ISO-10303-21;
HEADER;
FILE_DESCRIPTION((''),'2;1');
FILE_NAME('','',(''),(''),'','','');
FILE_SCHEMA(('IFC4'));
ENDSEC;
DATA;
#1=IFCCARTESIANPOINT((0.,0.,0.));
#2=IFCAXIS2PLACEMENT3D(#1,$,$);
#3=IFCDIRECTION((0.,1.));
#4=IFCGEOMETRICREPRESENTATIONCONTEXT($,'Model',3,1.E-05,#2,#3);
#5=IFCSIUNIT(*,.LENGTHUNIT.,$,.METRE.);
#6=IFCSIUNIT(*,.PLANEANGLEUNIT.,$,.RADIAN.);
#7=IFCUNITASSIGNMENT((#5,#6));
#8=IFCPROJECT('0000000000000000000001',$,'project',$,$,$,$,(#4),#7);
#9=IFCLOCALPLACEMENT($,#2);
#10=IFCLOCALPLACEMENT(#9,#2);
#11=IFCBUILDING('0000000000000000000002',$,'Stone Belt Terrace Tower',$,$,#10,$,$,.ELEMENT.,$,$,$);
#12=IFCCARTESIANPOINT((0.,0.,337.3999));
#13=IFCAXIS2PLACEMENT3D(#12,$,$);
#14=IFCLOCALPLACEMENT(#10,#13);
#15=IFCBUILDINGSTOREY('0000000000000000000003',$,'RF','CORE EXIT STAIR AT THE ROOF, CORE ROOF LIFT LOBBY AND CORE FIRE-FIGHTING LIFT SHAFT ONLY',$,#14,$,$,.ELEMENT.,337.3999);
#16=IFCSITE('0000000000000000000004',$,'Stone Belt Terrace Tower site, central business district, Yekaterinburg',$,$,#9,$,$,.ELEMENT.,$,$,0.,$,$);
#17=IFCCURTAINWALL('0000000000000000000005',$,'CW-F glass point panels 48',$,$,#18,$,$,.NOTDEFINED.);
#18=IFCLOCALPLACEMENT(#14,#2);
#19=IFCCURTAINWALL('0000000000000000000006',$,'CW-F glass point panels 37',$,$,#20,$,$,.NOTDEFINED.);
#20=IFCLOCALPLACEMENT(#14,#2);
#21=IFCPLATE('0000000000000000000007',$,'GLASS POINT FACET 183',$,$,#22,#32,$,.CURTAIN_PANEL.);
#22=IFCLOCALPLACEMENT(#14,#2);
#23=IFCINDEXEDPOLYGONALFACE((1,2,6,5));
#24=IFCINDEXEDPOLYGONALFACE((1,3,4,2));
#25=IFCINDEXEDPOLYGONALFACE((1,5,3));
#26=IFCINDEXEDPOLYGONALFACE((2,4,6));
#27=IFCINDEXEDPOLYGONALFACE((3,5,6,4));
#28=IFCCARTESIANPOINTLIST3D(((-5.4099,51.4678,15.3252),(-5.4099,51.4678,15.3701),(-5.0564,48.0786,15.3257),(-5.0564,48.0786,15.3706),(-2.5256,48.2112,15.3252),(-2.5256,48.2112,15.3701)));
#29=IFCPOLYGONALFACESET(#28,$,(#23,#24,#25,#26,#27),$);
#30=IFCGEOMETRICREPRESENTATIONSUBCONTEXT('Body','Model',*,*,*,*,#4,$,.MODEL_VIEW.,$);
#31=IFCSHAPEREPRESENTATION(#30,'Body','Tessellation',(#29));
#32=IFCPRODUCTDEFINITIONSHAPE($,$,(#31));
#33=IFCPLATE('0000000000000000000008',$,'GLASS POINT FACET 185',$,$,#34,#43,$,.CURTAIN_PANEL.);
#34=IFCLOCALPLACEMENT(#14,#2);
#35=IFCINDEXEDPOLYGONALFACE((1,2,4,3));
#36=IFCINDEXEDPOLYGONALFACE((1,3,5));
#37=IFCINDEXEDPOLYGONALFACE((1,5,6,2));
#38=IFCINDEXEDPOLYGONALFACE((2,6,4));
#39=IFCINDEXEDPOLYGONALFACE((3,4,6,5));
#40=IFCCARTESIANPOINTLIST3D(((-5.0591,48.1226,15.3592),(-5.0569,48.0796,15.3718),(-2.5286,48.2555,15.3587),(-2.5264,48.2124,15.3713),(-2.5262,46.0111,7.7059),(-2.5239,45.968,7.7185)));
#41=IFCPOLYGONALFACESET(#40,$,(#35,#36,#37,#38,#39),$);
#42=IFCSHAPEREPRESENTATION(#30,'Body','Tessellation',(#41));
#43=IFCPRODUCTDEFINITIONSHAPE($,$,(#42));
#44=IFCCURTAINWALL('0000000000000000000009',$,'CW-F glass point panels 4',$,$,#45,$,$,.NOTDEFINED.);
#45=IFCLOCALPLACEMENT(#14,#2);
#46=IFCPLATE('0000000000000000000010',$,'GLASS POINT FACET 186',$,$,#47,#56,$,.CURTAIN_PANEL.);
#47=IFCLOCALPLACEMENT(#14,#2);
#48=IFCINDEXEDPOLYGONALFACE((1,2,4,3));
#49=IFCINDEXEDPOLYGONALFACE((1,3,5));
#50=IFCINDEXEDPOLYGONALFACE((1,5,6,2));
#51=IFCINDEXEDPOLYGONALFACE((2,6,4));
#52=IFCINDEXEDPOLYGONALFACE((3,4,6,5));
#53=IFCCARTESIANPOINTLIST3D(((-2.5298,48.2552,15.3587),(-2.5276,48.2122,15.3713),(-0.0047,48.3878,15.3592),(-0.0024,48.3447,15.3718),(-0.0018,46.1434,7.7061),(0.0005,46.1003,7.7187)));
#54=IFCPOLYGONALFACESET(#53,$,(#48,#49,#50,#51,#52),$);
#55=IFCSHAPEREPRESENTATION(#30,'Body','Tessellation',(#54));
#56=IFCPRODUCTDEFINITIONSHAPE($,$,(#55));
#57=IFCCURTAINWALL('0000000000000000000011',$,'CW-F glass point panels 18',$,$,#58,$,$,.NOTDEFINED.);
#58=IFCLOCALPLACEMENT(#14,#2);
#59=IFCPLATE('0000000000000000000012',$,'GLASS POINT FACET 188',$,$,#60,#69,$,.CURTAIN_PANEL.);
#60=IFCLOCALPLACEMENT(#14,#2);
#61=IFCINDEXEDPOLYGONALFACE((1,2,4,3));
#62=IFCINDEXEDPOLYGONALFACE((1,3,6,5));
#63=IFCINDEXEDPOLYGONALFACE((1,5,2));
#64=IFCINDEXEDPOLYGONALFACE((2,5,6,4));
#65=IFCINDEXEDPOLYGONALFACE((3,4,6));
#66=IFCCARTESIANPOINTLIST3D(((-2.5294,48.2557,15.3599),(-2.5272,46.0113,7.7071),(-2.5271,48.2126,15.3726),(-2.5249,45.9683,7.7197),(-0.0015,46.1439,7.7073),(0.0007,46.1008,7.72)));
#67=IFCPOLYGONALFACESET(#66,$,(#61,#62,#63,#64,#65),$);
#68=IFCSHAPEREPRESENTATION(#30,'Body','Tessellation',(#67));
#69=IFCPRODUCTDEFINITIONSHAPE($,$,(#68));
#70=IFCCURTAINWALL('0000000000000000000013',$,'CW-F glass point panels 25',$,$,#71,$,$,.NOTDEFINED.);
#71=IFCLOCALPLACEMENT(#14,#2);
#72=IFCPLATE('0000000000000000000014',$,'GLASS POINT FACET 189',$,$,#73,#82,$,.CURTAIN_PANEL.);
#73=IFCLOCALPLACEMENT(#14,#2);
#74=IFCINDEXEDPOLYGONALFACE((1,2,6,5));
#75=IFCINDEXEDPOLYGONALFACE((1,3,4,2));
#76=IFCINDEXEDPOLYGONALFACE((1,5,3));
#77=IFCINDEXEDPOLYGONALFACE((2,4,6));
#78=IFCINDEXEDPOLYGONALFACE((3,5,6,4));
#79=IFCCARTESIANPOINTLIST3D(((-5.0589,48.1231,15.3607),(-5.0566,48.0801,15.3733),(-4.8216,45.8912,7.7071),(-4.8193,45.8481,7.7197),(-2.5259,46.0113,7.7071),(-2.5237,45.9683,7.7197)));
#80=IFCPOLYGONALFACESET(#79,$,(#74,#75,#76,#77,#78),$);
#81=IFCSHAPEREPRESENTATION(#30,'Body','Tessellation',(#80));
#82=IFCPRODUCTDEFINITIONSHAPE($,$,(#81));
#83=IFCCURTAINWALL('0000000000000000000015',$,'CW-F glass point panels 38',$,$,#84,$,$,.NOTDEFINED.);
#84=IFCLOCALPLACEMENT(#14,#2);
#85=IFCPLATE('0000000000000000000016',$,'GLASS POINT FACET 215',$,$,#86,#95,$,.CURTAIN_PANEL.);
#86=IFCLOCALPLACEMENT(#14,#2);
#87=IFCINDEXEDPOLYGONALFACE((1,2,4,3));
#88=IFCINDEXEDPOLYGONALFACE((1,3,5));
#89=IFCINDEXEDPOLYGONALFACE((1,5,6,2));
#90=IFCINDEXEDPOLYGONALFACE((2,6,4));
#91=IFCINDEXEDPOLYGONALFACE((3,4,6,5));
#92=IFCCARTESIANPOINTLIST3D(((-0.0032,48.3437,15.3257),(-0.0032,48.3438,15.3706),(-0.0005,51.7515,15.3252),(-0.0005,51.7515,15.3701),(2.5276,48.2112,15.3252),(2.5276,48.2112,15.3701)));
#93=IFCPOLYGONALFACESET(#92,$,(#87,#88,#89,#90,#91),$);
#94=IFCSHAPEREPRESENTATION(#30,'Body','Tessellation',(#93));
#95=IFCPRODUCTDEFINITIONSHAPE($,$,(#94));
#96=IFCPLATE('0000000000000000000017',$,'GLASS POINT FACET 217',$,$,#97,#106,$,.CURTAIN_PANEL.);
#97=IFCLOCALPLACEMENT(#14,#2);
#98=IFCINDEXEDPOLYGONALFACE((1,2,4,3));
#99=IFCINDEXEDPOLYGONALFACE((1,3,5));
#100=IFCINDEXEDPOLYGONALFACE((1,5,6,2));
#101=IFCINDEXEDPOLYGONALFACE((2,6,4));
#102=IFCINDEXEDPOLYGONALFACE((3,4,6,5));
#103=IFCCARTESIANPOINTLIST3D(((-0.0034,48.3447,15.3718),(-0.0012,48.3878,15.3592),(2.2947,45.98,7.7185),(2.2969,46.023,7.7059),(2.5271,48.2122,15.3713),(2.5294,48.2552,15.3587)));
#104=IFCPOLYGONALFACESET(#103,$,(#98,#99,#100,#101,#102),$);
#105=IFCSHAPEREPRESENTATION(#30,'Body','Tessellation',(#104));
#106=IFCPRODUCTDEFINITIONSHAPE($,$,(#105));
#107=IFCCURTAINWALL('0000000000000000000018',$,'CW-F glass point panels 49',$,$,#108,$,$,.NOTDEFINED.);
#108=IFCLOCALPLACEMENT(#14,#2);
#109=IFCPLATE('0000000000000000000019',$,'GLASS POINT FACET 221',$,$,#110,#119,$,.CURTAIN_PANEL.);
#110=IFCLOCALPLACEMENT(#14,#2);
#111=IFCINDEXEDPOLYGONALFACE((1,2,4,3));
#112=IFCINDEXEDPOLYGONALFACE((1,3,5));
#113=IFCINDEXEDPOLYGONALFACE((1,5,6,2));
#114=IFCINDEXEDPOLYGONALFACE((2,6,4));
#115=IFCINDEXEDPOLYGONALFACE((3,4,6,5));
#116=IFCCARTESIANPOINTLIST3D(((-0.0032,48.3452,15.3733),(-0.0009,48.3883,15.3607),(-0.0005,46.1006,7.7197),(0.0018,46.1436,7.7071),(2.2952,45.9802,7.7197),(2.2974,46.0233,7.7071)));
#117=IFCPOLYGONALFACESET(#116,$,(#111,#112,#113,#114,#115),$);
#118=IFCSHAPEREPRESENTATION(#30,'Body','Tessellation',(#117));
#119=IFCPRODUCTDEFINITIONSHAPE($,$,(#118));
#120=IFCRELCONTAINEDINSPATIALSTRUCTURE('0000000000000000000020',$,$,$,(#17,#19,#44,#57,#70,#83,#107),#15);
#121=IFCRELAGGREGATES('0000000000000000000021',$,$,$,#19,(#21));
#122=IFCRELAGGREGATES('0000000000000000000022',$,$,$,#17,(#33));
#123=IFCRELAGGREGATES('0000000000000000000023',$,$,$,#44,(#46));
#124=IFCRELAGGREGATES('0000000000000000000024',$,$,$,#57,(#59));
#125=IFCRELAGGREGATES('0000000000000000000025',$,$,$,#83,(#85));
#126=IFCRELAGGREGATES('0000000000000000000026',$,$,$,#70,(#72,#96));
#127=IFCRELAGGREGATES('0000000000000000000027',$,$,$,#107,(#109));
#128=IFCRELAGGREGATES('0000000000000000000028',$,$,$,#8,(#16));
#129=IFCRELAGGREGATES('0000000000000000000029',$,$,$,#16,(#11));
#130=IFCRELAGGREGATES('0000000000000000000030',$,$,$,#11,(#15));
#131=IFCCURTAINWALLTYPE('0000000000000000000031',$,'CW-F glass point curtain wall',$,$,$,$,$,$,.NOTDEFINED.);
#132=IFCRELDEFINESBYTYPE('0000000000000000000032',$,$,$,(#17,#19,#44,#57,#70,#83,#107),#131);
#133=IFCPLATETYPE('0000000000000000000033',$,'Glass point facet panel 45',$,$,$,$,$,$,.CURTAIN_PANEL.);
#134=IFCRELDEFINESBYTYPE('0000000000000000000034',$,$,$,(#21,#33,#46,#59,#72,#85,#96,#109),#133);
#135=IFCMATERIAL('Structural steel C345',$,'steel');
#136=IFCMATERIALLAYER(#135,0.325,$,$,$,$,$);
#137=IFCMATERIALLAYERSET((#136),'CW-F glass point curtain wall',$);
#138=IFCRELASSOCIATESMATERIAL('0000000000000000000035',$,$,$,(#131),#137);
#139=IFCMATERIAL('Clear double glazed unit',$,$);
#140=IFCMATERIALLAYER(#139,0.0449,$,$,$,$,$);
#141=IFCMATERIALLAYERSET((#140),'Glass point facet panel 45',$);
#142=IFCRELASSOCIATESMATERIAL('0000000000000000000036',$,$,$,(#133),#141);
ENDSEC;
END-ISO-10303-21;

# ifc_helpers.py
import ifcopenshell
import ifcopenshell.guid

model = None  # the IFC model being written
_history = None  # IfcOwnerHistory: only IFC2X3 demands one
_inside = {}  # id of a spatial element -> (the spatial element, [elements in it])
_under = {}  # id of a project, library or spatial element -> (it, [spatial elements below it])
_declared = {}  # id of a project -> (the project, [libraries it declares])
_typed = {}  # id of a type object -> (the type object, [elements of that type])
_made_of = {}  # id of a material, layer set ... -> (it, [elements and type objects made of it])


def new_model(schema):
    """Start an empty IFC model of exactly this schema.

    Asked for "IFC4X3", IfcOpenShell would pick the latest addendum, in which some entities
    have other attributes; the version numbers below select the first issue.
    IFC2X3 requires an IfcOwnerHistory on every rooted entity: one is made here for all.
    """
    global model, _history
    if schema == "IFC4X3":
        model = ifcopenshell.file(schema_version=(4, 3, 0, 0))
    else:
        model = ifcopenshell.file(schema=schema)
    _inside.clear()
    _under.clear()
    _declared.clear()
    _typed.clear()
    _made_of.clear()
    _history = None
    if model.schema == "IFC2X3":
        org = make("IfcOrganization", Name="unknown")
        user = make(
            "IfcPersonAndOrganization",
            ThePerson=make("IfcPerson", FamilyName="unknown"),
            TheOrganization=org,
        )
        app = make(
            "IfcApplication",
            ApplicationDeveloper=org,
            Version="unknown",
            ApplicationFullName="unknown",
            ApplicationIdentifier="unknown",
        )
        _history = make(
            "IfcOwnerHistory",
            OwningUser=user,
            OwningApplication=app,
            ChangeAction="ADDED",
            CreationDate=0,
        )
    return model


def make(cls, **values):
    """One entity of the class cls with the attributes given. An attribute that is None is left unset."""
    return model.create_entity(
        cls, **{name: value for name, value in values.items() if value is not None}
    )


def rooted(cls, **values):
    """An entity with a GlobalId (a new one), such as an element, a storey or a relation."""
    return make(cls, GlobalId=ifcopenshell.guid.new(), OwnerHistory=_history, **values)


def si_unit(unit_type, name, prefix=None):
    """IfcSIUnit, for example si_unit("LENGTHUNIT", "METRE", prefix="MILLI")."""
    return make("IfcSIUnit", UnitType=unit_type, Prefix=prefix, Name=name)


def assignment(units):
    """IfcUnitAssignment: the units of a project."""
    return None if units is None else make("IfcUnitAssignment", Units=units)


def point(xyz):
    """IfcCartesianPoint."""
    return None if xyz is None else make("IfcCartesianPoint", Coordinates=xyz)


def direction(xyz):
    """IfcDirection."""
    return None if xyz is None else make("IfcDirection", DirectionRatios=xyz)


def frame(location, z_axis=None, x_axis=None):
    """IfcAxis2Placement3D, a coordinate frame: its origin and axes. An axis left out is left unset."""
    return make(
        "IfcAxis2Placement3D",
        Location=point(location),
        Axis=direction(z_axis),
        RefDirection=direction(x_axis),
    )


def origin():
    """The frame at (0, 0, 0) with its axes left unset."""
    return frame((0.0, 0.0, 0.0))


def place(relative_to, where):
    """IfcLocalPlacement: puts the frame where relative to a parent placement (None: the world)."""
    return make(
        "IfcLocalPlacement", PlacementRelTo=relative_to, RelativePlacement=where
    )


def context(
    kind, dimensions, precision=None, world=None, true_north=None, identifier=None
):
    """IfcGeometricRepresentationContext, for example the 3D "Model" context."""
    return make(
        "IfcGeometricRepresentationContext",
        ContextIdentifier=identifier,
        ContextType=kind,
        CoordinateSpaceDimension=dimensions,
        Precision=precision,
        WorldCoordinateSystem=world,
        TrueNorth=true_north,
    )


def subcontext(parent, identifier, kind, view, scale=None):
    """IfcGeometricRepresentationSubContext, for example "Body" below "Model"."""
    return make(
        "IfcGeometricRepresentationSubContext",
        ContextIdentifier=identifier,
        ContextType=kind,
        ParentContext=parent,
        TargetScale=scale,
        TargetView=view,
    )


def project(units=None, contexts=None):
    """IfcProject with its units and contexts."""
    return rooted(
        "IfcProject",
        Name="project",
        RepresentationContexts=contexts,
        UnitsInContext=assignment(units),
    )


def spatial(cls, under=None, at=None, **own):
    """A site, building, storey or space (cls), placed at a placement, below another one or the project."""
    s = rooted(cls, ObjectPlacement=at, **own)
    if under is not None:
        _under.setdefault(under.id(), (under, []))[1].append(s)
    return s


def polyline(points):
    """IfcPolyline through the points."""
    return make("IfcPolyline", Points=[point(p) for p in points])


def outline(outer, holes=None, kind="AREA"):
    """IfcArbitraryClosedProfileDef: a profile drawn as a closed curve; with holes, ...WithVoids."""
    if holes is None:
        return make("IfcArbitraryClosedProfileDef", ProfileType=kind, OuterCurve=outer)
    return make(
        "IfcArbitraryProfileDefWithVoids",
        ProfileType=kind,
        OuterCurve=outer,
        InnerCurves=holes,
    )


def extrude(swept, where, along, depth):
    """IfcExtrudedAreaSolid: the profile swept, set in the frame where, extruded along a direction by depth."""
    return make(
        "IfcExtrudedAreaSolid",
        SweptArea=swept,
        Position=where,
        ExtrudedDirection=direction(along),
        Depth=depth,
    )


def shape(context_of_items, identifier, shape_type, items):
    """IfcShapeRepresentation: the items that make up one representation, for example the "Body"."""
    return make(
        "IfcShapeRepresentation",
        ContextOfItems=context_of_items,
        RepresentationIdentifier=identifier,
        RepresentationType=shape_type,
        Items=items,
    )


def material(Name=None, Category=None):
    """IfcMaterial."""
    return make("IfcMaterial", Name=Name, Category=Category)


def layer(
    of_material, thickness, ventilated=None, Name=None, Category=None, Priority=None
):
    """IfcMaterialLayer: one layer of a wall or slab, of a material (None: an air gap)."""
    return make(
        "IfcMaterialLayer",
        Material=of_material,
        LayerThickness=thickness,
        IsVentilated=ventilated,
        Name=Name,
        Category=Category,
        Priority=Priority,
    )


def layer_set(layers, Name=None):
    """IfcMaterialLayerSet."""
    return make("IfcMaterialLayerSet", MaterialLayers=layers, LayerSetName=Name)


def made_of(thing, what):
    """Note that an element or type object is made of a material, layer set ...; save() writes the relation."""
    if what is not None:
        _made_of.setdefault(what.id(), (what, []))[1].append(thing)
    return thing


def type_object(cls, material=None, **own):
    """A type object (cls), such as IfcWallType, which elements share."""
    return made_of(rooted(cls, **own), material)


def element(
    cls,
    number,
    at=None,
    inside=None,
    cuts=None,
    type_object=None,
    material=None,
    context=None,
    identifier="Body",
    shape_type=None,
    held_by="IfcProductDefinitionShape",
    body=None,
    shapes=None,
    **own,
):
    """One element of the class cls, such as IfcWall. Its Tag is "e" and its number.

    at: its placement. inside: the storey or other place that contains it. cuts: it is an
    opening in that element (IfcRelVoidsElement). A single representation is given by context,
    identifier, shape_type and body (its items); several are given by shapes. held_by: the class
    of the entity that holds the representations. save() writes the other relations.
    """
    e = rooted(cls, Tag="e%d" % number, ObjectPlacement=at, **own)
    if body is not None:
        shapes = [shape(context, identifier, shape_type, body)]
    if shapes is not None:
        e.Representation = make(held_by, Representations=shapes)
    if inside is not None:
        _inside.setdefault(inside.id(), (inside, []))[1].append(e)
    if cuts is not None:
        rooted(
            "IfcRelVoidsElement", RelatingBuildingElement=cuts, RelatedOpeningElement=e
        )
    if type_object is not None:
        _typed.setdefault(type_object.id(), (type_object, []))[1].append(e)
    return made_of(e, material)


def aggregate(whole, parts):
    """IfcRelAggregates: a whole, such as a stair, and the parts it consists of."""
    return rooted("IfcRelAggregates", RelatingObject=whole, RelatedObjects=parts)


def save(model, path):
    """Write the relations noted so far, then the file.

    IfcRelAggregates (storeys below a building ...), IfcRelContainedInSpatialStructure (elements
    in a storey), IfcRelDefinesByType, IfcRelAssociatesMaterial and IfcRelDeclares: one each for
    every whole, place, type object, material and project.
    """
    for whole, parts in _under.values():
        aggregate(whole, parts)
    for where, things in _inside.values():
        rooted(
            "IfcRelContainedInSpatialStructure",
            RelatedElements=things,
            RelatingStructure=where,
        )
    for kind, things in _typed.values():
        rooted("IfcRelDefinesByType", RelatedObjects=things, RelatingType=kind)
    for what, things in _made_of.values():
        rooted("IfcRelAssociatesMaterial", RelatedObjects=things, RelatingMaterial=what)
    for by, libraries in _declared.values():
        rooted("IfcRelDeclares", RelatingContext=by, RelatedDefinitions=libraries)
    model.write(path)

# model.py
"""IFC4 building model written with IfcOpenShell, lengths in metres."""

from ifc_helpers import new_model, si_unit, direction, frame, origin, place, context, subcontext, project, spatial, polyline, outline, extrude, material, layer, layer_set, type_object, element, aggregate, save


model = new_model("IFC4")

# Units and contexts
model_context = context("Model", 3, precision=1e-05, world=origin(), true_north=direction((0.0, 1.0)))
body_context = subcontext(model_context, "Body", "Model", "MODEL_VIEW")
ifc_project = project(units=[si_unit("LENGTHUNIT", "METRE"), si_unit("PLANEANGLEUNIT", "RADIAN")], contexts=[model_context])

# Site, building, storey
site_placement = place(None, origin())
site = spatial("IfcSite", under=ifc_project, at=site_placement, Name="Stone Belt Terrace Tower site, central business district, Yekaterinburg", CompositionType="ELEMENT", RefElevation=0.0)
building_placement = place(site_placement, origin())
building = spatial("IfcBuilding", under=site, at=building_placement, Name="Stone Belt Terrace Tower", CompositionType="ELEMENT")
storey_placement = place(building_placement, frame((0.0, 0.0, 337.3999)))
storey = spatial("IfcBuildingStorey", under=building, at=storey_placement, Name="RF", Description="CORE EXIT STAIR AT THE ROOF, CORE ROOF LIFT LOBBY AND CORE FIRE-FIGHTING LIFT SHAFT ONLY", CompositionType="ELEMENT", Elevation=337.3999)

# Shared definitions
ifc_material_1 = material(Name="Structural steel C345", Category="steel")

# Shared definitions
ifc_layer_1 = layer(ifc_material_1, 0.325)
ifc_layer_set_1 = layer_set([ifc_layer_1], Name="CW-F glass point curtain wall")
curtain_wall_type = type_object("IfcCurtainWallType", Name="CW-F glass point curtain wall", PredefinedType="NOTDEFINED", material=ifc_layer_set_1)
ifc_material_2 = material(Name="Clear double glazed unit")
ifc_layer_2 = layer(ifc_material_2, 0.0449)
ifc_layer_set_2 = layer_set([ifc_layer_2], Name="Glass point facet panel 45")
plate_type = type_object("IfcPlateType", Name="Glass point facet panel 45", PredefinedType="CURTAIN_PANEL", material=ifc_layer_set_2)

# Curtain walls
curtain_wall_1_placement = place(storey_placement, origin())
curtain_wall_1 = element("IfcCurtainWall", 1, at=curtain_wall_1_placement, inside=storey, type_object=curtain_wall_type, Name="CW-F glass point panels 48", PredefinedType="NOTDEFINED")
curtain_wall_2_placement = place(storey_placement, origin())
curtain_wall_2 = element("IfcCurtainWall", 2, at=curtain_wall_2_placement, inside=storey, type_object=curtain_wall_type, Name="CW-F glass point panels 37", PredefinedType="NOTDEFINED")

# Plates
plate_1_placement = place(storey_placement, frame((-5.0564, 48.0786, 15.3706), z_axis=(0.000184, 0.000163, 1.0), x_axis=(-0.103745, 0.994604, -0.000143)))
plate_1 = element("IfcPlate", 3, at=plate_1_placement, type_object=plate_type, Name="GLASS POINT FACET 183", PredefinedType="CURTAIN_PANEL", context=body_context, shape_type="SweptSolid", body=[
    extrude(outline(polyline([(0.0, 0.0), (3.4075, 0.0), (-0.1307, -2.5309), (0.0, 0.0)])), origin(), (0.0, 0.0, -1.0), 0.0449),
])
aggregate(curtain_wall_2, [plate_1])
plate_2_placement = place(storey_placement, frame((-5.0569, 48.0796, 15.3718), z_axis=(0.050353, -0.958362, 0.28108), x_axis=(0.998626, 0.052412, -0.000193)))
plate_2 = element("IfcPlate", 4, at=plate_2_placement, type_object=plate_type, Name="GLASS POINT FACET 185", PredefinedType="CURTAIN_PANEL", context=body_context, shape_type="SweptSolid", body=[
    extrude(outline(polyline([(0.0, 0.0), (2.534, 0.0), (2.4203, -7.9743), (0.0, 0.0)])), origin(), (0.0, 0.0, -1.0), 0.0449),
])
aggregate(curtain_wall_1, [plate_2])

# Curtain walls, plates
curtain_wall_3_placement = place(storey_placement, origin())
curtain_wall_3 = element("IfcCurtainWall", 5, at=curtain_wall_3_placement, inside=storey, type_object=curtain_wall_type, Name="CW-F glass point panels 4", PredefinedType="NOTDEFINED")
plate_3_placement = place(storey_placement, frame((-0.0024, 48.3447, 15.3718), z_axis=(0.050259, -0.958369, 0.281076), x_axis=(0.000367, -0.281414, -0.959586)))
plate_3 = element("IfcPlate", 6, at=plate_3_placement, type_object=plate_type, Name="GLASS POINT FACET 186", PredefinedType="CURTAIN_PANEL", context=body_context, shape_type="SweptSolid", body=[
    extrude(outline(polyline([(0.0, 0.0), (7.9754, 0.0), (0.0368, -2.5284), (0.0, 0.0)])), origin(), (0.0, 0.0, -1.0), 0.0449),
])
aggregate(curtain_wall_3, [plate_3])
curtain_wall_4_placement = place(storey_placement, origin())
curtain_wall_4 = element("IfcCurtainWall", 7, at=curtain_wall_4_placement, inside=storey, type_object=curtain_wall_type, Name="CW-F glass point panels 18", PredefinedType="NOTDEFINED")
plate_4_placement = place(storey_placement, frame((-2.5271, 48.2126, 15.3726), z_axis=(0.050277, -0.958367, 0.281079), x_axis=(0.303411, -0.253478, -0.918526)))
plate_4 = element("IfcPlate", 8, at=plate_4_placement, type_object=plate_type, Name="GLASS POINT FACET 188", PredefinedType="CURTAIN_PANEL", context=body_context, shape_type="SweptSolid", body=[
    extrude(outline(polyline([(0.0, 0.0), (8.3314, 0.0), (7.5989, -2.4207), (0.0, 0.0)])), origin(), (0.0, 0.0, -1.0), 0.0449),
])
aggregate(curtain_wall_4, [plate_4])
curtain_wall_5_placement = place(storey_placement, origin())
curtain_wall_5 = element("IfcCurtainWall", 9, at=curtain_wall_5_placement, inside=storey, type_object=curtain_wall_type, Name="CW-F glass point panels 25", PredefinedType="NOTDEFINED")
plate_5_placement = place(storey_placement, frame((-5.0566, 48.0801, 15.3733), z_axis=(0.050146, -0.958385, 0.281039), x_axis=(0.303937, -0.253403, -0.918373)))
plate_5 = element("IfcPlate", 10, at=plate_5_placement, type_object=plate_type, Name="GLASS POINT FACET 189", PredefinedType="CURTAIN_PANEL", context=body_context, shape_type="SweptSolid", body=[
    extrude(outline(polyline([(0.0, 0.0), (8.3338, 0.0), (7.6665, -2.1998), (0.0, 0.0)])), origin(), (0.0, 0.0, -1.0), 0.0449),
])
curtain_wall_6_placement = place(storey_placement, origin())
curtain_wall_6 = element("IfcCurtainWall", 11, at=curtain_wall_6_placement, inside=storey, type_object=curtain_wall_type, Name="CW-F glass point panels 38", PredefinedType="NOTDEFINED")
plate_6_placement = place(storey_placement, frame((-0.0032, 48.3438, 15.3706), z_axis=(0.0002, 0.000143, 1.0), x_axis=(0.000788, 1.0, -0.000143)))
plate_6 = element("IfcPlate", 12, at=plate_6_placement, type_object=plate_type, Name="GLASS POINT FACET 215", PredefinedType="CURTAIN_PANEL", context=body_context, shape_type="SweptSolid", body=[
    extrude(outline(polyline([(0.0, 0.0), (3.4077, 0.0), (-0.1306, -2.5309), (0.0, 0.0)])), origin(), (0.0, 0.0, -1.0), 0.0449),
])
aggregate(curtain_wall_6, [plate_6])

# Plate
plate_7_placement = place(storey_placement, frame((-0.0034, 48.3447, 15.3718), z_axis=(-0.050153, -0.958378, 0.281063), x_axis=(0.998631, -0.052316, -0.000193)))
plate_7 = element("IfcPlate", 13, at=plate_7_placement, type_object=plate_type, Name="GLASS POINT FACET 217", PredefinedType="CURTAIN_PANEL", context=body_context, shape_type="SweptSolid", body=[
    extrude(outline(polyline([(0.0, 0.0), (2.534, 0.0), (2.4201, -7.9743), (0.0, 0.0)])), origin(), (0.0, 0.0, -1.0), 0.0449),
])
aggregate(curtain_wall_5, [plate_5, plate_7])

# Curtain wall, plate
curtain_wall_7_placement = place(storey_placement, origin())
curtain_wall_7 = element("IfcCurtainWall", 14, at=curtain_wall_7_placement, inside=storey, type_object=curtain_wall_type, Name="CW-F glass point panels 49", PredefinedType="NOTDEFINED")
plate_8_placement = place(storey_placement, frame((-0.0032, 48.3452, 15.3733), z_axis=(-0.050248, -0.958376, 0.281054), x_axis=(0.275785, -0.283782, -0.918374)))
plate_8 = element("IfcPlate", 15, at=plate_8_placement, type_object=plate_type, Name="GLASS POINT FACET 221", PredefinedType="CURTAIN_PANEL", context=body_context, shape_type="SweptSolid", body=[
    extrude(outline(polyline([(0.0, 0.0), (8.3338, 0.0), (7.6666, -2.1998), (0.0, 0.0)])), origin(), (0.0, 0.0, -1.0), 0.0449),
])
aggregate(curtain_wall_7, [plate_8])

save(model, "model.ifc")
